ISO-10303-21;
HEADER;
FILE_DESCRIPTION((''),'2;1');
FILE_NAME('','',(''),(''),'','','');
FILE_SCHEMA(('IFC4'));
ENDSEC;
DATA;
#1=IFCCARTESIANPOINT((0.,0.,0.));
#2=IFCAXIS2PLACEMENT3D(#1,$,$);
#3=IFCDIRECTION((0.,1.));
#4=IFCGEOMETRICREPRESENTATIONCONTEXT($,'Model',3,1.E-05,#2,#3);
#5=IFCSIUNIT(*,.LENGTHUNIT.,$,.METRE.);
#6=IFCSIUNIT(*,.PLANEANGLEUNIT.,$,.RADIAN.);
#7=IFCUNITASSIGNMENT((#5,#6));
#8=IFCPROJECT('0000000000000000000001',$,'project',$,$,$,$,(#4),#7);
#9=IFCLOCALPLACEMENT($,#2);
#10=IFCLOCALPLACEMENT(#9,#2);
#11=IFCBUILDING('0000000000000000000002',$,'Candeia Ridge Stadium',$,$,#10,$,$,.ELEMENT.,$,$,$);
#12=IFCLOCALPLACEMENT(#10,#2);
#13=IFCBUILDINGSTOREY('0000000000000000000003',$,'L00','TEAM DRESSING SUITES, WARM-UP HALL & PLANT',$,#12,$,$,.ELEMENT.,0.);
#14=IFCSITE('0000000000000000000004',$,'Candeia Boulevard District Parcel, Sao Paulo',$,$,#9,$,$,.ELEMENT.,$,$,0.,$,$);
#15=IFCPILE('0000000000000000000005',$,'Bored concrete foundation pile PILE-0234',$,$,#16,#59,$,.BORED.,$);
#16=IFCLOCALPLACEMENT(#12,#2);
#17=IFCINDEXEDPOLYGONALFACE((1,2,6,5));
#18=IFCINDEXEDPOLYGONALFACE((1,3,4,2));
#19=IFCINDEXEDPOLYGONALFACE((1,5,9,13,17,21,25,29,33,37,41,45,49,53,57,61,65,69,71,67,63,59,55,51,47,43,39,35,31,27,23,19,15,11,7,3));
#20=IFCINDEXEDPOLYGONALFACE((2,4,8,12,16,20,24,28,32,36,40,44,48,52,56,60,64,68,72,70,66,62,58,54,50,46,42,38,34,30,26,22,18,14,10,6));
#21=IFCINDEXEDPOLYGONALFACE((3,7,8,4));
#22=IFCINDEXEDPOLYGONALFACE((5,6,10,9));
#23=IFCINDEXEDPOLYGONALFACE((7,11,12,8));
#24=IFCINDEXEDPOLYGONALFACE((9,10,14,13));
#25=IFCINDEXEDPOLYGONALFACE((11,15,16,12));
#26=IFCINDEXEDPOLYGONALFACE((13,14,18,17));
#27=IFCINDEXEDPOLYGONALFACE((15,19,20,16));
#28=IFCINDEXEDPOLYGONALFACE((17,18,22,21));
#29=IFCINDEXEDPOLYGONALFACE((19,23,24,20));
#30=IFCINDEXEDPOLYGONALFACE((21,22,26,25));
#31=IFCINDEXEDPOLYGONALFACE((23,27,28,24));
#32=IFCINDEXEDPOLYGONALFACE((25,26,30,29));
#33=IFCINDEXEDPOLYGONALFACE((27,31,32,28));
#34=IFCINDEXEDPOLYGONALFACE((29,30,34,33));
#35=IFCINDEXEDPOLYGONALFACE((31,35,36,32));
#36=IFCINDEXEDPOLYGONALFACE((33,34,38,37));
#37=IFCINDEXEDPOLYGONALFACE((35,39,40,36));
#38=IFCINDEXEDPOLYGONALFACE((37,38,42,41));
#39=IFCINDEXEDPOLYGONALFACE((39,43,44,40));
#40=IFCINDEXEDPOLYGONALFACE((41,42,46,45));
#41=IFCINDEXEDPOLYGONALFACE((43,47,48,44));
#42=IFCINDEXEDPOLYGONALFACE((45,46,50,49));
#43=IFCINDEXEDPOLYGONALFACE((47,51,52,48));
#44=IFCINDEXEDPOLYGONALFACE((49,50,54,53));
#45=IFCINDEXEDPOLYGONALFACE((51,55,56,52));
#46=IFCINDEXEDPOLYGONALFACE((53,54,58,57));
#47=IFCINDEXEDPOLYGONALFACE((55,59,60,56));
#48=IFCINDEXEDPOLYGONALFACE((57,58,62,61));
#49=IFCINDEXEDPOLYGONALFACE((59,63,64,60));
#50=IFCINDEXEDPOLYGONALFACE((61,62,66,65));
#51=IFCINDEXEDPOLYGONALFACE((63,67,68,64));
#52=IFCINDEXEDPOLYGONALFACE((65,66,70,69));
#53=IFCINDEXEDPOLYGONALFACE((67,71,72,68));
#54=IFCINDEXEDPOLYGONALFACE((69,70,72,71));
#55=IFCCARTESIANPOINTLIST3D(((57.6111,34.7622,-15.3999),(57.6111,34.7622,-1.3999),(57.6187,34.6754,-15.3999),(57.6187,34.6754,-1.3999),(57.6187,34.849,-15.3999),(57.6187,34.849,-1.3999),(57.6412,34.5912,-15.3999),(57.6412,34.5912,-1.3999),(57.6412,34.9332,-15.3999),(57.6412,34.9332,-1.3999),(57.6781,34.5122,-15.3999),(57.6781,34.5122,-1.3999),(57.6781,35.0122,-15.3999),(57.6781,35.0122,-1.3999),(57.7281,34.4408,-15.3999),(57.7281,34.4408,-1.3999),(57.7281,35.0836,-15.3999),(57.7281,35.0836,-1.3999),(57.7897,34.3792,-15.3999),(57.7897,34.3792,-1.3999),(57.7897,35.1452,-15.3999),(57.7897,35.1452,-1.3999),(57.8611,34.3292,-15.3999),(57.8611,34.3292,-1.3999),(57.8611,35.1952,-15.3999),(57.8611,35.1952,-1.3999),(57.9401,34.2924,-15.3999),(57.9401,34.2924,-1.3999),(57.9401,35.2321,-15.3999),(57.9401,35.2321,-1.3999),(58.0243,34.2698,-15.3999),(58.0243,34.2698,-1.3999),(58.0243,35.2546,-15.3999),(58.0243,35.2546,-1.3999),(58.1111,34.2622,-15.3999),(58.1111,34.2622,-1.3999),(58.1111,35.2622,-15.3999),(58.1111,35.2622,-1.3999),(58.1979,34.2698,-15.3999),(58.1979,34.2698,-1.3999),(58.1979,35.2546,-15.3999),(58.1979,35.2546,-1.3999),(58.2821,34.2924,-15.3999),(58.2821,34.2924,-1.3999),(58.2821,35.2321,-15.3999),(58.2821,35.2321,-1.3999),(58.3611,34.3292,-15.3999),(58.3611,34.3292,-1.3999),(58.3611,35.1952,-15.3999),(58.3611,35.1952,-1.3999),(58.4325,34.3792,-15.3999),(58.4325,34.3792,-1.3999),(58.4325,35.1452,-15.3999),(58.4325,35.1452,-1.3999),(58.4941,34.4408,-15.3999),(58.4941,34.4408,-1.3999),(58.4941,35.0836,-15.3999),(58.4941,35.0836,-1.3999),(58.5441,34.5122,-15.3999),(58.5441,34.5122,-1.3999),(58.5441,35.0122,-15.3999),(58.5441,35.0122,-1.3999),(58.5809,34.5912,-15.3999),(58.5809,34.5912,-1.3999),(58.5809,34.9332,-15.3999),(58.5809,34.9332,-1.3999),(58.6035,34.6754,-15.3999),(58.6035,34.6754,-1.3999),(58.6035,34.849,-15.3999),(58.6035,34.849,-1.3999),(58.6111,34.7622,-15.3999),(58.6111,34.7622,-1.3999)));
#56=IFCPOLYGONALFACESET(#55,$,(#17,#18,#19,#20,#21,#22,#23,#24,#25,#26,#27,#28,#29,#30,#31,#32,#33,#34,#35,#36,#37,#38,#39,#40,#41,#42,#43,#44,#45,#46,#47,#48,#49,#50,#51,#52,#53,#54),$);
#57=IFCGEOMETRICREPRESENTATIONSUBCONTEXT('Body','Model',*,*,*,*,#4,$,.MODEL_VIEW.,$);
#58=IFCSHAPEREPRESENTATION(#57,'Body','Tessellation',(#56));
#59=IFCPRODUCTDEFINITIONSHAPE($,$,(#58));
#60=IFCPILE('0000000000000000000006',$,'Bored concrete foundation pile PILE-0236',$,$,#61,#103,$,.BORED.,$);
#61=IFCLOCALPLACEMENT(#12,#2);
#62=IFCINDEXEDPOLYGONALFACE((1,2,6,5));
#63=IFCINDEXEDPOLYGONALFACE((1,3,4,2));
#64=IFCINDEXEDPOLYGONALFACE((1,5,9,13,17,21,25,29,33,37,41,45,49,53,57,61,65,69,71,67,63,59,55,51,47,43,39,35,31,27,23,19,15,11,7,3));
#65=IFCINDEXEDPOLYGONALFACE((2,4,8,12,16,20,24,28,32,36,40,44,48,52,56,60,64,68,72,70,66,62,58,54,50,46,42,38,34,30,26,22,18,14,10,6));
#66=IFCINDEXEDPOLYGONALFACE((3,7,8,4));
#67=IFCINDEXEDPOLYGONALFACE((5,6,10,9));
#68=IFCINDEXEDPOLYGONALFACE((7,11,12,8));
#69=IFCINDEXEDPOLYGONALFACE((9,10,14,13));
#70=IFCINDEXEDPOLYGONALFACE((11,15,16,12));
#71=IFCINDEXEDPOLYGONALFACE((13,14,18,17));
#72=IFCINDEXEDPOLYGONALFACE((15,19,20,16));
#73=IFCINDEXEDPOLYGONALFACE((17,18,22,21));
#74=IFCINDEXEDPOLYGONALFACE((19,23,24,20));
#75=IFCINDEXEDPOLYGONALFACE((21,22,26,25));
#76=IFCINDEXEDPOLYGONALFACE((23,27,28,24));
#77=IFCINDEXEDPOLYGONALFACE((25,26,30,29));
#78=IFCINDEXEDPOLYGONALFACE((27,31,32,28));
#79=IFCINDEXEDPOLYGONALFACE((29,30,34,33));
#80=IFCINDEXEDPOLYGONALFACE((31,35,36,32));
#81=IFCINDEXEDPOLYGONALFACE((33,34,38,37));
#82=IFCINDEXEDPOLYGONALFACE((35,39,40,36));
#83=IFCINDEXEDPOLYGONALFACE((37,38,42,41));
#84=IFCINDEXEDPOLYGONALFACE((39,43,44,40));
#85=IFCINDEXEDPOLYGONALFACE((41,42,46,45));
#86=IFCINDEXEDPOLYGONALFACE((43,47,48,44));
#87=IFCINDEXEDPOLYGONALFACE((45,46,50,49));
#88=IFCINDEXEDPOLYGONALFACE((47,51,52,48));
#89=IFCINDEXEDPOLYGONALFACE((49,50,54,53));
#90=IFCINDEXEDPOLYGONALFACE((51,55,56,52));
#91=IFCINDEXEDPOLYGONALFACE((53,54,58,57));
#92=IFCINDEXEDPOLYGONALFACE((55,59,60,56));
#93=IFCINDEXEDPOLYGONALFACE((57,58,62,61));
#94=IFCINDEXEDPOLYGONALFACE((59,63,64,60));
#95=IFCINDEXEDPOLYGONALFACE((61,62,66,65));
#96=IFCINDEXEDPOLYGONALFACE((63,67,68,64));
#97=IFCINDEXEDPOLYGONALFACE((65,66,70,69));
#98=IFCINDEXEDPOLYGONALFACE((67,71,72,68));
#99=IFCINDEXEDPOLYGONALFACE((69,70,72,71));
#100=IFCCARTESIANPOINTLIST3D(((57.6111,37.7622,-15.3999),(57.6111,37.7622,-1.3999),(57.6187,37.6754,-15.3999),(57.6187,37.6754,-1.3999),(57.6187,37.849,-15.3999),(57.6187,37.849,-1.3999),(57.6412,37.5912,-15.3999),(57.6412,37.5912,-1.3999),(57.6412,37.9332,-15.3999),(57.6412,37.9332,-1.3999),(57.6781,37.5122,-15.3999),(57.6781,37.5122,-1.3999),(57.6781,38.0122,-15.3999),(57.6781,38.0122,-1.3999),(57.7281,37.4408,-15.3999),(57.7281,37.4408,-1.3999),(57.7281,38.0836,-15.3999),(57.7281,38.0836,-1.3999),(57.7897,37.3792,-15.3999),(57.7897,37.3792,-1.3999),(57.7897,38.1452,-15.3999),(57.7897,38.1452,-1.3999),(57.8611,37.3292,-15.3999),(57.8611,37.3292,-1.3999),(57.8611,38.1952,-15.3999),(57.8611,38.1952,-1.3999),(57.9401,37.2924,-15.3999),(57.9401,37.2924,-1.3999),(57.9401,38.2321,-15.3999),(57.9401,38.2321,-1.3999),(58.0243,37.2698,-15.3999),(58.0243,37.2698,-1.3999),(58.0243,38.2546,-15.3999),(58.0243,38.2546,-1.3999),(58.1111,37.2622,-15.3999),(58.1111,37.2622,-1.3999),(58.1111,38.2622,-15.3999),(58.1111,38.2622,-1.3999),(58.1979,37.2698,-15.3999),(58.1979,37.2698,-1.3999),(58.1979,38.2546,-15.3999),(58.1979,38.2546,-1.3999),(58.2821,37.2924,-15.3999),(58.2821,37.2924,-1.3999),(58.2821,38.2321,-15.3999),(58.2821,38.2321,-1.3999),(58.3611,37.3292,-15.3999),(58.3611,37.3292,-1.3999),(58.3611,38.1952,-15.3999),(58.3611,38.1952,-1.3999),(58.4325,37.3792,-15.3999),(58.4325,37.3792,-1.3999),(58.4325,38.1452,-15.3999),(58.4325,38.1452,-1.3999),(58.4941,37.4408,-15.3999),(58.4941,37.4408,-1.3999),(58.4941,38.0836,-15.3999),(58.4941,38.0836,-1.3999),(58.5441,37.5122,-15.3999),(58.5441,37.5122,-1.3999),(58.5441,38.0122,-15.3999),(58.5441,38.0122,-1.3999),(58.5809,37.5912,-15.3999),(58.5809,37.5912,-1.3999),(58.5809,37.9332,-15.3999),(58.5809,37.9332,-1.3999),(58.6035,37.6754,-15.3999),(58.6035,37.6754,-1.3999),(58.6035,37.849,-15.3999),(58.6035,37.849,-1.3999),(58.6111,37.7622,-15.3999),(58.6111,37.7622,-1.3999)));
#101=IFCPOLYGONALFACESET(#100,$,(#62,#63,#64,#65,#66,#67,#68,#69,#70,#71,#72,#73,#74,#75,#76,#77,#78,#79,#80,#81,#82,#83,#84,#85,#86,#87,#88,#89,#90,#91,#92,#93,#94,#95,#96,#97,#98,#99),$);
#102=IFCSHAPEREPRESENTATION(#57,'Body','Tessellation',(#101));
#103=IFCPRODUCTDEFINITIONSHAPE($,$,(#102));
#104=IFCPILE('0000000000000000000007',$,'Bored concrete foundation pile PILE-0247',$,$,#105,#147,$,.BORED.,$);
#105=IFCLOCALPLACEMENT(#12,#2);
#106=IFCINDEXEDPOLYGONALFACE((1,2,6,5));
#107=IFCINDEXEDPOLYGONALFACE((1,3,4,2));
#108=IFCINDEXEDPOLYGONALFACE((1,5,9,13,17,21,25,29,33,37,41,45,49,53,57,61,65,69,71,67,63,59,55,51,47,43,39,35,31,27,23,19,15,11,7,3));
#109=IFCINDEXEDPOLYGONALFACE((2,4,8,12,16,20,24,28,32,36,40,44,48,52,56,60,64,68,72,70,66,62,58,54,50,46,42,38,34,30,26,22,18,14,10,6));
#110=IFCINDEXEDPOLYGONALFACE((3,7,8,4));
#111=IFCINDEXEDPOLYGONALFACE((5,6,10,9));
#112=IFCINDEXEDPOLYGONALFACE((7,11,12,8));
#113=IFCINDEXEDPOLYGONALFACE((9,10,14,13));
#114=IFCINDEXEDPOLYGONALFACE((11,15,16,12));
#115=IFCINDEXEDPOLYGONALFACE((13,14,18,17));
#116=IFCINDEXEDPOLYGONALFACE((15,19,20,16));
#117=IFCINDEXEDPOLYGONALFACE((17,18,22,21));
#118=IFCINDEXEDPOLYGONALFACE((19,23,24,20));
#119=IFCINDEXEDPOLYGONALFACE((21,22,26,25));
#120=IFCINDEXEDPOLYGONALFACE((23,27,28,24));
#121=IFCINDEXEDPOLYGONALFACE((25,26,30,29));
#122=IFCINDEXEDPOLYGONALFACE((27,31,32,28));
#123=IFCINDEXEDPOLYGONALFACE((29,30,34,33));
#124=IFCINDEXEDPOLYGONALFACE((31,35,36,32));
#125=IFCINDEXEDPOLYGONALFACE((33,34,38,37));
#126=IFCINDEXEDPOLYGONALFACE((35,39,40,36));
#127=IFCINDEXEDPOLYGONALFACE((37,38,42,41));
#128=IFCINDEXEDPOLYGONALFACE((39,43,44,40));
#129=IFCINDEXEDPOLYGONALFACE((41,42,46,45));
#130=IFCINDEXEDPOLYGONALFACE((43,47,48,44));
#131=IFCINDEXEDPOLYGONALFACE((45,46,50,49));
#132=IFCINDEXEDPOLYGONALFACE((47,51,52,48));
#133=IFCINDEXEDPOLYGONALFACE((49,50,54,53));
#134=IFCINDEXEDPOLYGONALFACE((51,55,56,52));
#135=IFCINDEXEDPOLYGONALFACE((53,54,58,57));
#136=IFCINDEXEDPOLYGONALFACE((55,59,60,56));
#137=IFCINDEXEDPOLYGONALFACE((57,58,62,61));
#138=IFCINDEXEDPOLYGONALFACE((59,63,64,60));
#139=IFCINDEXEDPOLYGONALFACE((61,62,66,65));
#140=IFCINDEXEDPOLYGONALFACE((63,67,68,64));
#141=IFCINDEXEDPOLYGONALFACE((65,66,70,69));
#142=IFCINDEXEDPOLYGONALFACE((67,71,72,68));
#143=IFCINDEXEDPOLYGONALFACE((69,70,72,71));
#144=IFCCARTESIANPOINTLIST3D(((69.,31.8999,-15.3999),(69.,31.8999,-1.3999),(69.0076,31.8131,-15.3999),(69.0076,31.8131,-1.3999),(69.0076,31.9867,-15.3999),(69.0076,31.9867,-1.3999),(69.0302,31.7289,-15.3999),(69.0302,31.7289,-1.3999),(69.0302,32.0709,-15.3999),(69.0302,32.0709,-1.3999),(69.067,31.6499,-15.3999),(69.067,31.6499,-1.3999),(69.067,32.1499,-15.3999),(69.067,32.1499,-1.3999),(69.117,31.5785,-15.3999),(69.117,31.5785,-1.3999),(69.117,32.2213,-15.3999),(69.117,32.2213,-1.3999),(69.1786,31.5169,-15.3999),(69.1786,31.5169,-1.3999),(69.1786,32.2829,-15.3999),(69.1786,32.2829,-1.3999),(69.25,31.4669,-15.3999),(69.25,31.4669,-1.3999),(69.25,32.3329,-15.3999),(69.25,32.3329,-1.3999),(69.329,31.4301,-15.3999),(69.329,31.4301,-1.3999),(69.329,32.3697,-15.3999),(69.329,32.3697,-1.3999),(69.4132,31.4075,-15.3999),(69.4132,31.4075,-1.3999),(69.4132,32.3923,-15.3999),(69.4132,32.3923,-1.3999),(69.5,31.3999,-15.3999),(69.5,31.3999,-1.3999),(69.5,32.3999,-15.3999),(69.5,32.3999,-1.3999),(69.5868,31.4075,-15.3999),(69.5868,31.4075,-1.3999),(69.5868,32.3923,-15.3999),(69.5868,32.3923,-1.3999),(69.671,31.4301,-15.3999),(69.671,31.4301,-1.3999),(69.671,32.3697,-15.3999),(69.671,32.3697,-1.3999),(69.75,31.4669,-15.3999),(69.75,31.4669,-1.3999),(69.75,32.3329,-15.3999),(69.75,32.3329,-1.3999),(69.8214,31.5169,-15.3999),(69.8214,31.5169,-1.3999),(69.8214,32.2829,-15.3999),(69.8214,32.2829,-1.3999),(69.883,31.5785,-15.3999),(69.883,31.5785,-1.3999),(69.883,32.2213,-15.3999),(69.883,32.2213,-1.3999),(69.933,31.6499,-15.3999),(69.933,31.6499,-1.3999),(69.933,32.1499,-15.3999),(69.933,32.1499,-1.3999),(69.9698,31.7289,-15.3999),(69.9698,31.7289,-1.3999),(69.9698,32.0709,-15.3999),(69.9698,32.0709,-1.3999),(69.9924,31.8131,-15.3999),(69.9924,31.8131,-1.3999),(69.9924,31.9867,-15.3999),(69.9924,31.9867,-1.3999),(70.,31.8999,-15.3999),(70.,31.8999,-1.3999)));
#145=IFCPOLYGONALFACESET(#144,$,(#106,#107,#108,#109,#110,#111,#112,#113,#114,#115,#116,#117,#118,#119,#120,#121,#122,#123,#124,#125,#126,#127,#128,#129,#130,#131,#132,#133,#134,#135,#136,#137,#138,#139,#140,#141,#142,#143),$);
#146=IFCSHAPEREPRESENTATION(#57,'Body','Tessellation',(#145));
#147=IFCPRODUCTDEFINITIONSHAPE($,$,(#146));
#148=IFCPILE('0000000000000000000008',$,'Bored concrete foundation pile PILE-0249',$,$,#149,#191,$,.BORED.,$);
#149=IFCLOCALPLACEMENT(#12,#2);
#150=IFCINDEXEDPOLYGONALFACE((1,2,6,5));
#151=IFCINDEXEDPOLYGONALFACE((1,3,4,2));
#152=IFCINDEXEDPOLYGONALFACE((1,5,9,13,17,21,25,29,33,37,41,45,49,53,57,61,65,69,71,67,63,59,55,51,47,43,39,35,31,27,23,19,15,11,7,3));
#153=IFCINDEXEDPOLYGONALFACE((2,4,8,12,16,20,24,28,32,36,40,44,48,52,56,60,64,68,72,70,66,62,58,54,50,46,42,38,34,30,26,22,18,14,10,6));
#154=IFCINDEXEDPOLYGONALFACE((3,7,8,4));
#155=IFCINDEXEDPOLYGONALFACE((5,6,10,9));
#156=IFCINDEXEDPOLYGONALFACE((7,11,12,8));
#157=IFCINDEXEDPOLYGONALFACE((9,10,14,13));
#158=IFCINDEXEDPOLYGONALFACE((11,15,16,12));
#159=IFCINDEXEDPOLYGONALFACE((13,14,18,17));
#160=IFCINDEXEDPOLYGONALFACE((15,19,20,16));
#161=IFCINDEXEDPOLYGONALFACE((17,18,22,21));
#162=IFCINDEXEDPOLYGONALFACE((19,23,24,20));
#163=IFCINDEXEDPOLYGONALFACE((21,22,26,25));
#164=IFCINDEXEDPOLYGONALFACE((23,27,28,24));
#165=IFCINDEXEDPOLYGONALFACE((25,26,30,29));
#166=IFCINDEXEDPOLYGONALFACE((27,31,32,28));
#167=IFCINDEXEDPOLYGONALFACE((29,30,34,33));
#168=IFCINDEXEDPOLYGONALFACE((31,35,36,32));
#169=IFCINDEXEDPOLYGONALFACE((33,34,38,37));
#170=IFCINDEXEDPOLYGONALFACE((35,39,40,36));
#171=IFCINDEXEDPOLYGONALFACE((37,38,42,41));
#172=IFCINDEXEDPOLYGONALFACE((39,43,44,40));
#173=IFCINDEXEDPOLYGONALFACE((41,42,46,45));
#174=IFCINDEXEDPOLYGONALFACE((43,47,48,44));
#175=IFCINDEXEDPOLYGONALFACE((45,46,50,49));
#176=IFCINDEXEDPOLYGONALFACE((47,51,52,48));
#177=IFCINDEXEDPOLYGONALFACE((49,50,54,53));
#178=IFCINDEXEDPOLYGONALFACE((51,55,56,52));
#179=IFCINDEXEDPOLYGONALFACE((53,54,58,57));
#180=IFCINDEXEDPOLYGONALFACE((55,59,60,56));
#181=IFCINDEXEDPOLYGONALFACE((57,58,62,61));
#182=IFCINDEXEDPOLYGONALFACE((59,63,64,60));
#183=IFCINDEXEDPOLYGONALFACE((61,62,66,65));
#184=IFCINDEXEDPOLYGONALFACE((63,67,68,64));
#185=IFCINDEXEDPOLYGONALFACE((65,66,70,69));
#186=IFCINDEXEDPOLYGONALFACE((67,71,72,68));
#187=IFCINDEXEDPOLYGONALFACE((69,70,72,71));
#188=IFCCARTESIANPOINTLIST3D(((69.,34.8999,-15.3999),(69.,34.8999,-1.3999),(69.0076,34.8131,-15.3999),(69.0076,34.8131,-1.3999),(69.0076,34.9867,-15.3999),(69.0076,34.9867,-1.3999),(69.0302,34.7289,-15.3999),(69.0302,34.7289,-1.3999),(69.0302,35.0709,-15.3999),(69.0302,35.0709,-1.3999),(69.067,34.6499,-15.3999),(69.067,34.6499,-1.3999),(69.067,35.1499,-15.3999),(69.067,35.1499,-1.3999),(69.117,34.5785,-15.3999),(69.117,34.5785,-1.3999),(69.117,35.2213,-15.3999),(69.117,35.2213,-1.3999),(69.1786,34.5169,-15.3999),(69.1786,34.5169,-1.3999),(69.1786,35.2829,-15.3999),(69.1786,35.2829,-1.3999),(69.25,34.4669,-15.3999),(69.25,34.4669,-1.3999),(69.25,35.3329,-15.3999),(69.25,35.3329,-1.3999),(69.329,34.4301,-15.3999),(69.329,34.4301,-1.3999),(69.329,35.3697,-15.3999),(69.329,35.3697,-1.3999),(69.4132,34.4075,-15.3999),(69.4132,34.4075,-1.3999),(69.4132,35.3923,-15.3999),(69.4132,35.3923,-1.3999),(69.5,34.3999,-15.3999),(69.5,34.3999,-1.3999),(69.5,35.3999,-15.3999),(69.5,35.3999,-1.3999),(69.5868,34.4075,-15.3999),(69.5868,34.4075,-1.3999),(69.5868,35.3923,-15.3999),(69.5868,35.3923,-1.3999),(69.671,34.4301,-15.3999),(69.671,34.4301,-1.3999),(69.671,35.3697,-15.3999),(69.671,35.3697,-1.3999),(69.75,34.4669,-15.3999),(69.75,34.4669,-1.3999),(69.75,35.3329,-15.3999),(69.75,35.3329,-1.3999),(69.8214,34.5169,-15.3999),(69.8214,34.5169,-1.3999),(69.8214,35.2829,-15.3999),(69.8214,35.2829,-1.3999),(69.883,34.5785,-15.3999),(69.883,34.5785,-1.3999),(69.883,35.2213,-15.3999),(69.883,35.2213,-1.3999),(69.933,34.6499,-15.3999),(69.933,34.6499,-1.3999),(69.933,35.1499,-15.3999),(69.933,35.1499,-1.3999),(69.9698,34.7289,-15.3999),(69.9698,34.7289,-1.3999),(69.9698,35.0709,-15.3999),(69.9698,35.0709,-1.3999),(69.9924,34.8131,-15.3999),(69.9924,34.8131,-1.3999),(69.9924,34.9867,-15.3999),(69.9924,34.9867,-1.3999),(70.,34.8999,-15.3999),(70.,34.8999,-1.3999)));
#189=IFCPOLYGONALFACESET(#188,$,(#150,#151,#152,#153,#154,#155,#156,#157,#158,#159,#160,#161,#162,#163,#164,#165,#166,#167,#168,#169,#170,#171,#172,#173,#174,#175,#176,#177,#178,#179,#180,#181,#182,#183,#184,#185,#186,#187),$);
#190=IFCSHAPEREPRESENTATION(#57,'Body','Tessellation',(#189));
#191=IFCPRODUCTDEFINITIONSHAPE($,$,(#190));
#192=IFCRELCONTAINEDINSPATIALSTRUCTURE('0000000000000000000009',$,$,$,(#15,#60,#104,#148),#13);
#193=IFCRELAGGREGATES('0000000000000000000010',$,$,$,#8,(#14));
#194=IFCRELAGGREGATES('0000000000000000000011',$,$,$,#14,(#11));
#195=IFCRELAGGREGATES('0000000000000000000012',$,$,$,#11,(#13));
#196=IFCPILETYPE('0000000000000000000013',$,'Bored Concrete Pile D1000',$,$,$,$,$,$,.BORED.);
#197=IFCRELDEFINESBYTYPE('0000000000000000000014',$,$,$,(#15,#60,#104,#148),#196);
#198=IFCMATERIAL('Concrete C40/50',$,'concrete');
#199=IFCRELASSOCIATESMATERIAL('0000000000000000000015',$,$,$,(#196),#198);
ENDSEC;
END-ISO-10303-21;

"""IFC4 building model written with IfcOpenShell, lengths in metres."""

from ifc_helpers import new_model, si_unit, direction, frame, origin, origin_2d, place, context, subcontext, project, spatial, circle, extrude, material, material_profile, profile_set, type_object, element, save


model = new_model("IFC4")

# Units and contexts
model_context = context("Model", 3, precision=1e-05, world=origin(), true_north=direction((0.0, 1.0)))
body_context = subcontext(model_context, "Body", "Model", "MODEL_VIEW")
ifc_project = project(units=[si_unit("LENGTHUNIT", "METRE"), si_unit("PLANEANGLEUNIT", "RADIAN")], contexts=[model_context])

# Site, building, storey
site_placement = place(None, origin())
site = spatial("IfcSite", under=ifc_project, at=site_placement, Name="Candeia Boulevard District Parcel, Sao Paulo", CompositionType="ELEMENT", RefElevation=0.0)
building_placement = place(site_placement, origin())
building = spatial("IfcBuilding", under=site, at=building_placement, Name="Candeia Ridge Stadium", CompositionType="ELEMENT")
storey_placement = place(building_placement, origin())
storey = spatial("IfcBuildingStorey", under=building, at=storey_placement, Name="L00", Description="TEAM DRESSING SUITES, WARM-UP HALL & PLANT", CompositionType="ELEMENT", Elevation=0.0)

# Piles
ifc_material_1 = material(Name="Concrete C40/50", Category="concrete")
ifc_material_profile_1 = material_profile(ifc_material_1, circle(Radius=0.5, at=origin_2d()), Name="PILE-D1000", Category="concrete")
ifc_profile_set_1 = profile_set([ifc_material_profile_1], Name="Concrete C40/50")
pile_type_1 = type_object("IfcPileType", Name="Bored Concrete Pile D1000", PredefinedType="BORED", material=ifc_profile_set_1)
for number, where, z_axis, x_axis, name in (
    (1, (58.1111, 34.7622, -1.3999), (0.0, 0.0, -1.0), (1.0, 0.0, 0.0), "Bored concrete foundation pile PILE-0234"),
    (2, (58.1111, 37.7622, -1.3999), (0.0, 0.0, -1.0), (1.0, 0.0, 0.0), "Bored concrete foundation pile PILE-0236"),
    (3, (69.5, 31.8999, -1.3999), (0.0, 0.0, -1.0), (1.0, 0.0, 0.0), "Bored concrete foundation pile PILE-0247"),
    (4, (69.5, 34.8999, -1.3999), (0.0, 0.0, -1.0), (1.0, 0.0, 0.0), "Bored concrete foundation pile PILE-0249"),
):
    element("IfcPile", number, at=place(storey_placement, frame(where, z_axis=z_axis, x_axis=x_axis)), inside=storey, type_object=pile_type_1, Name=name, PredefinedType="BORED", context=body_context, shape_type="SweptSolid", body=[
        extrude(circle(Radius=0.5, at=origin_2d()), origin(), (0.0, 0.0, 1.0), 14.0),
    ])

save(model, "model.ifc")
